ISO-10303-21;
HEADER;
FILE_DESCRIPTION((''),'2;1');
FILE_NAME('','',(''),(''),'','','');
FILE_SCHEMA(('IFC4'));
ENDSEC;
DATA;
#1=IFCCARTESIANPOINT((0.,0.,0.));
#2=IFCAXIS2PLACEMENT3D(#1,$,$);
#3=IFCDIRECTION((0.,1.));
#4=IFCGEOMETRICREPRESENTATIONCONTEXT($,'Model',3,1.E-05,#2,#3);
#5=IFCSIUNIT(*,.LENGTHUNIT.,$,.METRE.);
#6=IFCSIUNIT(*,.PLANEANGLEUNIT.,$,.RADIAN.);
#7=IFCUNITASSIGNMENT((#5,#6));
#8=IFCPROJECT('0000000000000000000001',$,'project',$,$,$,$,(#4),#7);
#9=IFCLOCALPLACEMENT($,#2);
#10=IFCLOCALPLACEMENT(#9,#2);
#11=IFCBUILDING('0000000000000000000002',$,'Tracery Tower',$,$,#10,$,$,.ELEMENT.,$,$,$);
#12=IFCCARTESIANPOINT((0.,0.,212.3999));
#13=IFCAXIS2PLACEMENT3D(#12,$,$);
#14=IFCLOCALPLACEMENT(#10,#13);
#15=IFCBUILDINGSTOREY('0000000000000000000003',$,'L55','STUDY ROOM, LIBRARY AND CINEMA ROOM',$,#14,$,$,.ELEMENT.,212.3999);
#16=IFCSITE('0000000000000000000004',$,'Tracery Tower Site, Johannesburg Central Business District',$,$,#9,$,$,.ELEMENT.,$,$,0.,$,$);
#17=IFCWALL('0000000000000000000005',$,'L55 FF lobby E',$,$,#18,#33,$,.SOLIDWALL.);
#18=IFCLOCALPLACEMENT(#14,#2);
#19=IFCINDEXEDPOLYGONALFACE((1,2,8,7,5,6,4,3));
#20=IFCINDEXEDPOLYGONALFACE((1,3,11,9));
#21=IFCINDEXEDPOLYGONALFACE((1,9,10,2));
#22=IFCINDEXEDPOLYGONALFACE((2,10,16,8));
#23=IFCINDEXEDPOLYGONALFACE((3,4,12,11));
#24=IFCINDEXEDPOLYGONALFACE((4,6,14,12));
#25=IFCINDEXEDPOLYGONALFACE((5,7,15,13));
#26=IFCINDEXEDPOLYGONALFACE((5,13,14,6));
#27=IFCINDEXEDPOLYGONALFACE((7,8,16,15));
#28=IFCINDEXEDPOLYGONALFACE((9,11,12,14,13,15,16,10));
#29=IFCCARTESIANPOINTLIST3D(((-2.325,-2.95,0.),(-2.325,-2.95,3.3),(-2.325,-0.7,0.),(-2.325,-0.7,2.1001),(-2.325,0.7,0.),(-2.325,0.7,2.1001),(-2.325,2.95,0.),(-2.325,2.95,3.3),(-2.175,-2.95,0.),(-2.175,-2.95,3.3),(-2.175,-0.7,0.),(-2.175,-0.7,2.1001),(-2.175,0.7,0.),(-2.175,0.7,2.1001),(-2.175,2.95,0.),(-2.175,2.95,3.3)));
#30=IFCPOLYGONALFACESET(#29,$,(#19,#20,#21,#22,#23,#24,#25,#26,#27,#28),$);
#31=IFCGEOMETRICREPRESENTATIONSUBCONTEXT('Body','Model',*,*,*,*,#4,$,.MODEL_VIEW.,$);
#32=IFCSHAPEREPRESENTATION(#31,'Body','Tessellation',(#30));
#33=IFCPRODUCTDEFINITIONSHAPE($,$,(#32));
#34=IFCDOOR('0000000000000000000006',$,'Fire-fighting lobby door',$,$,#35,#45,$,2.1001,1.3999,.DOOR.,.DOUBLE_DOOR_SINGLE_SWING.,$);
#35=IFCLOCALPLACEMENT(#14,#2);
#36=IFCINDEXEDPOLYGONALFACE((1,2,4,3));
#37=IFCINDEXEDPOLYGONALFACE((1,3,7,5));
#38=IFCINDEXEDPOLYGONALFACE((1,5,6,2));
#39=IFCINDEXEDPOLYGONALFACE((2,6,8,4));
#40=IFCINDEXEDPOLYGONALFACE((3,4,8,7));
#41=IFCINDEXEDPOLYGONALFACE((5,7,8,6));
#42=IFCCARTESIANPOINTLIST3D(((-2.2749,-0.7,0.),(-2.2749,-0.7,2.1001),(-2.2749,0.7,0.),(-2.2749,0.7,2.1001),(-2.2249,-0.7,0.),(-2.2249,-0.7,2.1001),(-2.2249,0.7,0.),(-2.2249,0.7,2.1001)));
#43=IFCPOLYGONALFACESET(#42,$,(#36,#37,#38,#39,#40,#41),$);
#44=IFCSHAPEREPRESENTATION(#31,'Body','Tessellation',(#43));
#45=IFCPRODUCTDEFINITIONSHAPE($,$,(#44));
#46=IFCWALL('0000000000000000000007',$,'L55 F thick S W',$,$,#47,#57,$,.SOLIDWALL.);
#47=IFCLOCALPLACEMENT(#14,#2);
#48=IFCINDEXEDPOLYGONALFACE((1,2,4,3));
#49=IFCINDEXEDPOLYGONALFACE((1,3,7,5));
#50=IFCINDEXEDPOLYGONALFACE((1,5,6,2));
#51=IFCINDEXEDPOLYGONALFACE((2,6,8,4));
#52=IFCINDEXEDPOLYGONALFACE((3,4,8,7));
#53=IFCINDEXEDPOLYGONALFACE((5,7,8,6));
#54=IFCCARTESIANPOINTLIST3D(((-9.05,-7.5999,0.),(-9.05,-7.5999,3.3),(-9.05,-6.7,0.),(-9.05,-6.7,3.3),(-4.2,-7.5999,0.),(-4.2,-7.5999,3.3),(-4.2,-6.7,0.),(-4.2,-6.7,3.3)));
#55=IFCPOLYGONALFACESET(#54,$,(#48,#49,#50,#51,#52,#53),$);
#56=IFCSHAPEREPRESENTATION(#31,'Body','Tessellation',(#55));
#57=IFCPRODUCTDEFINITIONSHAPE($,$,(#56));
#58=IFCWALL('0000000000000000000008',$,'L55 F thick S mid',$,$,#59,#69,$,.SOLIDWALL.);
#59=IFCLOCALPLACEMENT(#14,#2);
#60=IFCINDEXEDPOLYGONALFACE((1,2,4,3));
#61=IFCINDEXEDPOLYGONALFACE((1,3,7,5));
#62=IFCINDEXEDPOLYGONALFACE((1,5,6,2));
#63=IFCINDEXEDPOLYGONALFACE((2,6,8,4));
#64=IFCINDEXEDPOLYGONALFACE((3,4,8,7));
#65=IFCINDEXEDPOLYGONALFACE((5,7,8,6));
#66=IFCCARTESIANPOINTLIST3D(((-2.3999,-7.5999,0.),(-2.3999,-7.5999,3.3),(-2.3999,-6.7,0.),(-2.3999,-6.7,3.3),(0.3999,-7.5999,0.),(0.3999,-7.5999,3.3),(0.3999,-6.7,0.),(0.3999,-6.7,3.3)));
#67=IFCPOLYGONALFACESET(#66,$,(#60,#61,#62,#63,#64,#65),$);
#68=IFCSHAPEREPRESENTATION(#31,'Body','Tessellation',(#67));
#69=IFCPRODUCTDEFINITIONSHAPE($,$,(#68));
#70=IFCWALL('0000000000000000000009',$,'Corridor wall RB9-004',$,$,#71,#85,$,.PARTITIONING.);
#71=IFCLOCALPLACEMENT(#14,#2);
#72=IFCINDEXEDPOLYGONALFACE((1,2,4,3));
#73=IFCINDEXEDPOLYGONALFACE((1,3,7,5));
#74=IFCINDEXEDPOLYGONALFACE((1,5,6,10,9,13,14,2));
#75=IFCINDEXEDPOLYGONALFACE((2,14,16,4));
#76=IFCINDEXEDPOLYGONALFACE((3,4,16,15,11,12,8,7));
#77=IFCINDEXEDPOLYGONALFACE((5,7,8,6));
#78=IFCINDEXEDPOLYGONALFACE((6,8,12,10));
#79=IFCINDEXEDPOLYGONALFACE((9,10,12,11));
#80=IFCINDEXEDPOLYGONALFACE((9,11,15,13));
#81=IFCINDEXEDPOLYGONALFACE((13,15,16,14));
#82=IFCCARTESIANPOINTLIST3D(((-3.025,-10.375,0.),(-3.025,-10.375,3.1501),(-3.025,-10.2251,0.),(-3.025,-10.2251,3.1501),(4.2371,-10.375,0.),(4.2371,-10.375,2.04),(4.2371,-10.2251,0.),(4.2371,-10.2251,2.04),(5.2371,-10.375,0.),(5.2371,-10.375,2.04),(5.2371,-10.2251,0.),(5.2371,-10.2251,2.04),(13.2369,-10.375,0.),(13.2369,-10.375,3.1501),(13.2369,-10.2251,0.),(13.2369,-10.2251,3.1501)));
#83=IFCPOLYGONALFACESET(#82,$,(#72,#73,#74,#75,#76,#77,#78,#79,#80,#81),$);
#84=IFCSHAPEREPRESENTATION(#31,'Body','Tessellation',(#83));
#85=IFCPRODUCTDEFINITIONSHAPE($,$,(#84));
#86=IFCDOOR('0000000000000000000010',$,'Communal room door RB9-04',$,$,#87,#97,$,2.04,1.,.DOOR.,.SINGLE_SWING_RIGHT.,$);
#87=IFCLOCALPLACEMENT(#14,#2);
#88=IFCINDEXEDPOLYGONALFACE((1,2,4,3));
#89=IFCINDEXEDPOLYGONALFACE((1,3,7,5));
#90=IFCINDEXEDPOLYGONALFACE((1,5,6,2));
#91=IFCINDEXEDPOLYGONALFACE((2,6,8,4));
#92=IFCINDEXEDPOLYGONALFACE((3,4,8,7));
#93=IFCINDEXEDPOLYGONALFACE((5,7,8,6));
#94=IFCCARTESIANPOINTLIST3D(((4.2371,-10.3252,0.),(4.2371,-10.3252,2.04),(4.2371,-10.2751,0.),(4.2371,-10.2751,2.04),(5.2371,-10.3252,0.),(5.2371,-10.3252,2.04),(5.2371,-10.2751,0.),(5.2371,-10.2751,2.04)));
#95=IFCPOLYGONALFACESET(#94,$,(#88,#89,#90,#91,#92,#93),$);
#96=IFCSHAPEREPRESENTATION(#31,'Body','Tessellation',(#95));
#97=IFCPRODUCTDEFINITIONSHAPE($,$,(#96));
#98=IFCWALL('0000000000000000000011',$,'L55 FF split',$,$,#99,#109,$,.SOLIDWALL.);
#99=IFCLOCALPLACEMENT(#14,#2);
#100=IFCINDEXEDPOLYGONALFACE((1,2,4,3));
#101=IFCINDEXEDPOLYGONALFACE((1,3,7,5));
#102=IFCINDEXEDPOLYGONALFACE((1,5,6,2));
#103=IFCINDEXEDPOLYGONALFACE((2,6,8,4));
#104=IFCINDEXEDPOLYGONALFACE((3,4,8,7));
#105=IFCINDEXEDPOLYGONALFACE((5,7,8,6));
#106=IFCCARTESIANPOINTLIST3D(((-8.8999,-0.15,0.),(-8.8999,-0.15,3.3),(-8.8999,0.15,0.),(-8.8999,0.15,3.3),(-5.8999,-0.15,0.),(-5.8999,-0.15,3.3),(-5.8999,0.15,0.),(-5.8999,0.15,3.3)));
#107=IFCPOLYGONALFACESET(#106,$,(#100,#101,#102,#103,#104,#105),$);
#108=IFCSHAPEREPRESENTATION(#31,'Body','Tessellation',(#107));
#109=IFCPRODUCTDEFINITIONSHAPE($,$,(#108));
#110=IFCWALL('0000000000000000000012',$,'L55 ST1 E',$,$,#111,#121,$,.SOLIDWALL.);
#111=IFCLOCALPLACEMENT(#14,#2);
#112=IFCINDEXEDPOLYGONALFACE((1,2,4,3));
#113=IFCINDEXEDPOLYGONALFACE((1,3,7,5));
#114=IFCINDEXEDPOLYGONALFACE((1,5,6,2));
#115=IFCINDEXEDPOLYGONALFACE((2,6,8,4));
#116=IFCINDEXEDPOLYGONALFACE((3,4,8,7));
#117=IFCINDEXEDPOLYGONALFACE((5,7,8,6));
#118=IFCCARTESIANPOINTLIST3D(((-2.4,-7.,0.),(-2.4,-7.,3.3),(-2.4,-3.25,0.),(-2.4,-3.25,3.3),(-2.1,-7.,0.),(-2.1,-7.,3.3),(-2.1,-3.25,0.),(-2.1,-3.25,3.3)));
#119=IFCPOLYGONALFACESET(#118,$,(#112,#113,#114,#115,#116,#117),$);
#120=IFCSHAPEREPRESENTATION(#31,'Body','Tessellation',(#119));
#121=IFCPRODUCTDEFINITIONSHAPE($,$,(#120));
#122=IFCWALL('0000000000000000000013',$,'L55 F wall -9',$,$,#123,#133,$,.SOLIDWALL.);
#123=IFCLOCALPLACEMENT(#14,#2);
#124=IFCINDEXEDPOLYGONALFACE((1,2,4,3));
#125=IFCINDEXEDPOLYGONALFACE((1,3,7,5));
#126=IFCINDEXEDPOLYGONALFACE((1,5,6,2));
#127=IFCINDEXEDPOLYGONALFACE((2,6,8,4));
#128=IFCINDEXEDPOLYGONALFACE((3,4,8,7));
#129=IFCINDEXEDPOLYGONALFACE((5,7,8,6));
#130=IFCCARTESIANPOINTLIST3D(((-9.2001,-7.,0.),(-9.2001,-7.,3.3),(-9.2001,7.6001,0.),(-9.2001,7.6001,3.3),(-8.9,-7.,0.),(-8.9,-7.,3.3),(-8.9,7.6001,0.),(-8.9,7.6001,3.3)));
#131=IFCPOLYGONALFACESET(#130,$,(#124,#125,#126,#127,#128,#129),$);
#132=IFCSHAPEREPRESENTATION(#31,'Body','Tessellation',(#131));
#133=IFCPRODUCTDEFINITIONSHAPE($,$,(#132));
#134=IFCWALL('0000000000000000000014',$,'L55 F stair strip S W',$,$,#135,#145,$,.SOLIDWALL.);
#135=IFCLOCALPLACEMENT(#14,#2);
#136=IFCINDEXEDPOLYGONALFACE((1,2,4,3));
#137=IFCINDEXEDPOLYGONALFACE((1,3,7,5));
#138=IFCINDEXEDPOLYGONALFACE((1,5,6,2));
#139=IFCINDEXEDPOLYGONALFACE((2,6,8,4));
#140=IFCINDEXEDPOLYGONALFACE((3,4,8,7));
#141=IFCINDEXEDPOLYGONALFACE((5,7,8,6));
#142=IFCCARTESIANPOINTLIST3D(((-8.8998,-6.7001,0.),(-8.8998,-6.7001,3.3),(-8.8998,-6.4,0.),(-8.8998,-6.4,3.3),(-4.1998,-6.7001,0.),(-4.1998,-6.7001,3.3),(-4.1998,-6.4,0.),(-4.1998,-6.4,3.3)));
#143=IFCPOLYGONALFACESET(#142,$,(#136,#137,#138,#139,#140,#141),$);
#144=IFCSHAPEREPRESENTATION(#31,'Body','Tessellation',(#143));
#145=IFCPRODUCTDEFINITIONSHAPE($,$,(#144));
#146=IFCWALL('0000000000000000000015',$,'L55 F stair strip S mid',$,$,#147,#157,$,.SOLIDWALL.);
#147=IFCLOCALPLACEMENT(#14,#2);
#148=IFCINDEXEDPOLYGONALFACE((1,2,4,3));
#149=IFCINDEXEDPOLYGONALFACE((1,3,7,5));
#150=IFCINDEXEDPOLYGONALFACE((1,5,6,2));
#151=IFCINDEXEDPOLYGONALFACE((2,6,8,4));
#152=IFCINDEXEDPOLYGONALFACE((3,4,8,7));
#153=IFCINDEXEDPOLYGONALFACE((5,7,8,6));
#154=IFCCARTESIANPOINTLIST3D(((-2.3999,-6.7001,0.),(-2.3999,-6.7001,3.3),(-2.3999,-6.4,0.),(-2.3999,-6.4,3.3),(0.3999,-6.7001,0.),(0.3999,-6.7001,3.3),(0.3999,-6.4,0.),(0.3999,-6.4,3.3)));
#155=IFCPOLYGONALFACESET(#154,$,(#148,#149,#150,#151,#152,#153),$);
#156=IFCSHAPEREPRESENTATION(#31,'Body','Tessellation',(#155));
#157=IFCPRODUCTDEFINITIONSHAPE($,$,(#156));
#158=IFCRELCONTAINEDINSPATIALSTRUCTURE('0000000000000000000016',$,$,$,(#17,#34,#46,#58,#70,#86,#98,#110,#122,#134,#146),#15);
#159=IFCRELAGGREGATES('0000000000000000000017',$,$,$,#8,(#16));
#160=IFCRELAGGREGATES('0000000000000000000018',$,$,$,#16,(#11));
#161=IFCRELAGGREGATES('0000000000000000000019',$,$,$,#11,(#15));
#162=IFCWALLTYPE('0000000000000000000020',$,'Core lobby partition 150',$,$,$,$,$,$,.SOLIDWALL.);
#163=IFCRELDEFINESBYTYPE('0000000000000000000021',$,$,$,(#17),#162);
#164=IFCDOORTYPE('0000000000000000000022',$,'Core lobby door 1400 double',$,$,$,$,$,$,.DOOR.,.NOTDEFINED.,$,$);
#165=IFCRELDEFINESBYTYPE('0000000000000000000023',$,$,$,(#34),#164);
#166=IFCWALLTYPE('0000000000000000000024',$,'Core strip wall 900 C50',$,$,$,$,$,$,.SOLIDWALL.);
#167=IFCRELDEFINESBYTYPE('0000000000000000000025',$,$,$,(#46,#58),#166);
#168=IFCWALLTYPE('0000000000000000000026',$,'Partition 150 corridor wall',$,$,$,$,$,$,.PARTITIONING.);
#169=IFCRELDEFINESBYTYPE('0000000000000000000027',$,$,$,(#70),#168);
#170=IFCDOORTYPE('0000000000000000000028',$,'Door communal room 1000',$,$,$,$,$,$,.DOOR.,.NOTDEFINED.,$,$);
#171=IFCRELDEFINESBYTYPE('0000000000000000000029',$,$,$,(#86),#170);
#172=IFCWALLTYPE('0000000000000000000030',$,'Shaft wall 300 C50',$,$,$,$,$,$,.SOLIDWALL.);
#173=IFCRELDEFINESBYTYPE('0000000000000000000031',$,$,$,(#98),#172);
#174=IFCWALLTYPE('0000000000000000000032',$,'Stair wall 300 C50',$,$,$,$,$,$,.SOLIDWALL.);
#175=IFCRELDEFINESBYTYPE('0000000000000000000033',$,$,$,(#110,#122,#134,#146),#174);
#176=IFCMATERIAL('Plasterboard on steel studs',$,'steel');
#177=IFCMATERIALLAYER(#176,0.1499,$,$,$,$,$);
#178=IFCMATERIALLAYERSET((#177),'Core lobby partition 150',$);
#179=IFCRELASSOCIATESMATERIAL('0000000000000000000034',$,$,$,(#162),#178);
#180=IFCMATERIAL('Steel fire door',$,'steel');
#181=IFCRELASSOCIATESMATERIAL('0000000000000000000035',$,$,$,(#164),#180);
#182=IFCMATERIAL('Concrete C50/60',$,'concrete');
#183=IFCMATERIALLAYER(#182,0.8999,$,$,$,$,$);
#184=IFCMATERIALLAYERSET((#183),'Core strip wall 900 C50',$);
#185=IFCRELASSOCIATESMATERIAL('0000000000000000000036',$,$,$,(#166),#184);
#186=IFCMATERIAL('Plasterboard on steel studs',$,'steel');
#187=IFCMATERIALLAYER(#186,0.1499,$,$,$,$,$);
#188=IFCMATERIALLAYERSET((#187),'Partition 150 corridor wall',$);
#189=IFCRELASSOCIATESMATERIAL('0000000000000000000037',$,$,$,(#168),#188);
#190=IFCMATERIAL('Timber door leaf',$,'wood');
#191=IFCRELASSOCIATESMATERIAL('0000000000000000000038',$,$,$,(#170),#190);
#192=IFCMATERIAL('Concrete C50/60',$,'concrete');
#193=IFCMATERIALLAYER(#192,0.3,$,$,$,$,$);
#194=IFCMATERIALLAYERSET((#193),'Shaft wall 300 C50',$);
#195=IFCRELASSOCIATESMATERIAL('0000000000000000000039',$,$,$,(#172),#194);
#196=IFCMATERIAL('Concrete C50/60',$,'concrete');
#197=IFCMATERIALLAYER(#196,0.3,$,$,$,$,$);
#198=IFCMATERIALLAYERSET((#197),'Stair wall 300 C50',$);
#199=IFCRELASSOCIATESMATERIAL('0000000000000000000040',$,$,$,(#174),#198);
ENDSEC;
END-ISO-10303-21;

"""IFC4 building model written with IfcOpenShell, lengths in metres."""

from ifc_helpers import new_model, si_unit, direction, frame, frame_2d, origin, place, context, subcontext, project, spatial, rectangle, extrude, material, layer, layer_set, type_object, element, fill, save


model = new_model("IFC4")

# Units and contexts
model_context = context("Model", 3, precision=1e-05, world=origin(), true_north=direction((0.0, 1.0)))
body_context = subcontext(model_context, "Body", "Model", "MODEL_VIEW")
ifc_project = project(units=[si_unit("LENGTHUNIT", "METRE"), si_unit("PLANEANGLEUNIT", "RADIAN")], contexts=[model_context])

# Site, building, storey
site_placement = place(None, origin())
site = spatial("IfcSite", under=ifc_project, at=site_placement, Name="Tracery Tower Site, Johannesburg Central Business District", CompositionType="ELEMENT", RefElevation=0.0)
building_placement = place(site_placement, origin())
building = spatial("IfcBuilding", under=site, at=building_placement, Name="Tracery Tower", CompositionType="ELEMENT")
storey_placement = place(building_placement, frame((0.0, 0.0, 212.3999)))
storey = spatial("IfcBuildingStorey", under=building, at=storey_placement, Name="L55", Description="STUDY ROOM, LIBRARY AND CINEMA ROOM", CompositionType="ELEMENT", Elevation=212.3999)

# Wall, opening, door
ifc_material_1 = material(Name="Plasterboard on steel studs", Category="steel")
ifc_layer_1 = layer(ifc_material_1, 0.1499)
ifc_layer_set_1 = layer_set([ifc_layer_1], Name="Core lobby partition 150")
wall_type_1 = type_object("IfcWallType", Name="Core lobby partition 150", PredefinedType="SOLIDWALL", material=ifc_layer_set_1)
wall_1_placement = place(storey_placement, frame((-2.25, -2.95, 0.0), z_axis=(0.0, 0.0, 1.0), x_axis=(0.0, 1.0, 0.0)))
wall_1 = element("IfcWall", 1, at=wall_1_placement, inside=storey, type_object=wall_type_1, Name="L55 FF lobby E", PredefinedType="SOLIDWALL", context=body_context, shape_type="SweptSolid", body=[
    extrude(rectangle(XDim=5.8999, YDim=0.1499, at=frame_2d((2.95, 0.0))), origin(), (0.0, 0.0, 1.0), 3.3),
])
opening_1_placement = place(wall_1_placement, frame((2.25, 0.0, 0.0)))
opening_1 = element("IfcOpeningElement", 2, at=opening_1_placement, cuts=wall_1, PredefinedType="OPENING", context=body_context, shape_type="SweptSolid", body=[
    extrude(rectangle(XDim=1.3999, YDim=2.1001, at=frame_2d((0.7, 1.05))), frame((0.0, 0.075, 0.0), z_axis=(0.0, -1.0, 0.0), x_axis=(1.0, 0.0, 0.0)), (0.0, 0.0, 1.0), 0.1499),
])
ifc_material_2 = material(Name="Steel fire door", Category="steel")
door_type_1 = type_object("IfcDoorType", Name="Core lobby door 1400 double", OperationType="NOTDEFINED", PredefinedType="DOOR", material=ifc_material_2)
door_1_placement = place(opening_1_placement, origin())
door_1 = element("IfcDoor", 3, at=door_1_placement, inside=storey, type_object=door_type_1, Name="Fire-fighting lobby door", OperationType="DOUBLE_DOOR_SINGLE_SWING", OverallHeight=2.1001, OverallWidth=1.3999, PredefinedType="DOOR", context=body_context, shape_type="SweptSolid", body=[
    extrude(rectangle(XDim=1.3999, YDim=2.1001, at=frame_2d((0.7, 1.05))), frame((0.0, 0.0249, 0.0), z_axis=(0.0, -1.0, 0.0), x_axis=(1.0, 0.0, 0.0)), (0.0, 0.0, 1.0), 0.05),
])
fill(opening_1, door_1)

# Walls
ifc_material_3 = material(Name="Concrete C50/60", Category="concrete")
ifc_layer_2 = layer(ifc_material_3, 0.8999)
ifc_layer_set_2 = layer_set([ifc_layer_2], Name="Core strip wall 900 C50")
wall_type_2 = type_object("IfcWallType", Name="Core strip wall 900 C50", PredefinedType="SOLIDWALL", material=ifc_layer_set_2)
wall_2_placement = place(storey_placement, frame((-9.05, -7.1499, 0.0), z_axis=(0.0, 0.0, 1.0), x_axis=(1.0, 0.0, 0.0)))
element("IfcWall", 4, at=wall_2_placement, inside=storey, type_object=wall_type_2, Name="L55 F thick S W", PredefinedType="SOLIDWALL", context=body_context, shape_type="SweptSolid", body=[
    extrude(rectangle(XDim=4.8501, YDim=0.8999, at=frame_2d((2.425, 0.0))), origin(), (0.0, 0.0, 1.0), 3.3),
])
wall_3_placement = place(storey_placement, frame((-2.3999, -7.1499, 0.0), z_axis=(0.0, 0.0, 1.0), x_axis=(1.0, 0.0, 0.0)))
element("IfcWall", 5, at=wall_3_placement, inside=storey, type_object=wall_type_2, Name="L55 F thick S mid", PredefinedType="SOLIDWALL", context=body_context, shape_type="SweptSolid", body=[
    extrude(rectangle(XDim=2.7998, YDim=0.8999, at=frame_2d((1.3999, 0.0))), origin(), (0.0, 0.0, 1.0), 3.3),
])

# Wall, opening, door
ifc_material_4 = material(Name="Plasterboard on steel studs", Category="steel")
ifc_layer_3 = layer(ifc_material_4, 0.1499)
ifc_layer_set_3 = layer_set([ifc_layer_3], Name="Partition 150 corridor wall")
wall_type_3 = type_object("IfcWallType", Name="Partition 150 corridor wall", PredefinedType="PARTITIONING", material=ifc_layer_set_3)
wall_4_placement = place(storey_placement, frame((-3.0249, -10.3, 0.0), z_axis=(0.0, 0.0, 1.0), x_axis=(1.0, 0.0, 0.0)))
wall_4 = element("IfcWall", 6, at=wall_4_placement, inside=storey, type_object=wall_type_3, Name="Corridor wall RB9-004", PredefinedType="PARTITIONING", context=body_context, shape_type="SweptSolid", body=[
    extrude(rectangle(XDim=16.262, YDim=0.1499, at=frame_2d((8.1309, 0.0))), origin(), (0.0, 0.0, 1.0), 3.1501),
])
opening_2_placement = place(wall_4_placement, frame((7.262, 0.0, 0.0)))
opening_2 = element("IfcOpeningElement", 7, at=opening_2_placement, cuts=wall_4, PredefinedType="OPENING", context=body_context, shape_type="SweptSolid", body=[
    extrude(rectangle(XDim=1.0, YDim=2.04, at=frame_2d((0.5, 1.02))), frame((0.0, 0.075, 0.0), z_axis=(0.0, -1.0, 0.0), x_axis=(1.0, 0.0, 0.0)), (0.0, 0.0, 1.0), 0.1499),
])
ifc_material_5 = material(Name="Timber door leaf", Category="wood")
door_type_2 = type_object("IfcDoorType", Name="Door communal room 1000", OperationType="NOTDEFINED", PredefinedType="DOOR", material=ifc_material_5)
door_2_placement = place(opening_2_placement, origin())
door_2 = element("IfcDoor", 8, at=door_2_placement, inside=storey, type_object=door_type_2, Name="Communal room door RB9-04", OperationType="SINGLE_SWING_RIGHT", OverallHeight=2.04, OverallWidth=1.0, PredefinedType="DOOR", context=body_context, shape_type="SweptSolid", body=[
    extrude(rectangle(XDim=1.0, YDim=2.04, at=frame_2d((0.5, 1.02))), frame((0.0, 0.0249, 0.0), z_axis=(0.0, -1.0, 0.0), x_axis=(1.0, 0.0, 0.0)), (0.0, 0.0, 1.0), 0.05),
])
fill(opening_2, door_2)

# Wall
ifc_material_6 = material(Name="Concrete C50/60", Category="concrete")
ifc_layer_4 = layer(ifc_material_6, 0.3)
ifc_layer_set_4 = layer_set([ifc_layer_4], Name="Shaft wall 300 C50")
wall_type_4 = type_object("IfcWallType", Name="Shaft wall 300 C50", PredefinedType="SOLIDWALL", material=ifc_layer_set_4)
wall_5_placement = place(storey_placement, frame((-8.8999, 0.0, 0.0), z_axis=(0.0, 0.0, 1.0), x_axis=(1.0, 0.0, 0.0)))
element("IfcWall", 9, at=wall_5_placement, inside=storey, type_object=wall_type_4, Name="L55 FF split", PredefinedType="SOLIDWALL", context=body_context, shape_type="SweptSolid", body=[
    extrude(rectangle(XDim=3.0, YDim=0.3, at=frame_2d((1.5, 0.0))), origin(), (0.0, 0.0, 1.0), 3.3),
])

# Shared definitions
ifc_material_7 = material(Name="Concrete C50/60", Category="concrete")
ifc_layer_5 = layer(ifc_material_7, 0.3)
ifc_layer_set_5 = layer_set([ifc_layer_5], Name="Stair wall 300 C50")
wall_type_5 = type_object("IfcWallType", Name="Stair wall 300 C50", PredefinedType="SOLIDWALL", material=ifc_layer_set_5)

# Walls
wall_6_placement = place(storey_placement, frame((-2.25, -7.0, 0.0), z_axis=(0.0, 0.0, 1.0), x_axis=(0.0, 1.0, 0.0)))
element("IfcWall", 10, at=wall_6_placement, inside=storey, type_object=wall_type_5, Name="L55 ST1 E", PredefinedType="SOLIDWALL", context=body_context, shape_type="SweptSolid", body=[
    extrude(rectangle(XDim=3.75, YDim=0.3, at=frame_2d((1.875, 0.0))), origin(), (0.0, 0.0, 1.0), 3.3),
])
wall_7_placement = place(storey_placement, frame((-9.05, -7.0, 0.0), z_axis=(0.0, 0.0, 1.0), x_axis=(0.0, 1.0, 0.0)))
element("IfcWall", 11, at=wall_7_placement, inside=storey, type_object=wall_type_5, Name="L55 F wall -9", PredefinedType="SOLIDWALL", context=body_context, shape_type="SweptSolid", body=[
    extrude(rectangle(XDim=14.6001, YDim=0.3, at=frame_2d((7.3, 0.0))), origin(), (0.0, 0.0, 1.0), 3.3),
])
wall_8_placement = place(storey_placement, frame((-8.8999, -6.55, 0.0), z_axis=(0.0, 0.0, 1.0), x_axis=(1.0, 0.0, 0.0)))
element("IfcWall", 12, at=wall_8_placement, inside=storey, type_object=wall_type_5, Name="L55 F stair strip S W", PredefinedType="SOLIDWALL", context=body_context, shape_type="SweptSolid", body=[
    extrude(rectangle(XDim=4.7, YDim=0.3, at=frame_2d((2.3501, 0.0))), origin(), (0.0, 0.0, 1.0), 3.3),
])
wall_9_placement = place(storey_placement, frame((-2.3999, -6.55, 0.0), z_axis=(0.0, 0.0, 1.0), x_axis=(1.0, 0.0, 0.0)))
element("IfcWall", 13, at=wall_9_placement, inside=storey, type_object=wall_type_5, Name="L55 F stair strip S mid", PredefinedType="SOLIDWALL", context=body_context, shape_type="SweptSolid", body=[
    extrude(rectangle(XDim=2.7998, YDim=0.3, at=frame_2d((1.3999, 0.0))), origin(), (0.0, 0.0, 1.0), 3.3),
])

save(model, "model.ifc")
